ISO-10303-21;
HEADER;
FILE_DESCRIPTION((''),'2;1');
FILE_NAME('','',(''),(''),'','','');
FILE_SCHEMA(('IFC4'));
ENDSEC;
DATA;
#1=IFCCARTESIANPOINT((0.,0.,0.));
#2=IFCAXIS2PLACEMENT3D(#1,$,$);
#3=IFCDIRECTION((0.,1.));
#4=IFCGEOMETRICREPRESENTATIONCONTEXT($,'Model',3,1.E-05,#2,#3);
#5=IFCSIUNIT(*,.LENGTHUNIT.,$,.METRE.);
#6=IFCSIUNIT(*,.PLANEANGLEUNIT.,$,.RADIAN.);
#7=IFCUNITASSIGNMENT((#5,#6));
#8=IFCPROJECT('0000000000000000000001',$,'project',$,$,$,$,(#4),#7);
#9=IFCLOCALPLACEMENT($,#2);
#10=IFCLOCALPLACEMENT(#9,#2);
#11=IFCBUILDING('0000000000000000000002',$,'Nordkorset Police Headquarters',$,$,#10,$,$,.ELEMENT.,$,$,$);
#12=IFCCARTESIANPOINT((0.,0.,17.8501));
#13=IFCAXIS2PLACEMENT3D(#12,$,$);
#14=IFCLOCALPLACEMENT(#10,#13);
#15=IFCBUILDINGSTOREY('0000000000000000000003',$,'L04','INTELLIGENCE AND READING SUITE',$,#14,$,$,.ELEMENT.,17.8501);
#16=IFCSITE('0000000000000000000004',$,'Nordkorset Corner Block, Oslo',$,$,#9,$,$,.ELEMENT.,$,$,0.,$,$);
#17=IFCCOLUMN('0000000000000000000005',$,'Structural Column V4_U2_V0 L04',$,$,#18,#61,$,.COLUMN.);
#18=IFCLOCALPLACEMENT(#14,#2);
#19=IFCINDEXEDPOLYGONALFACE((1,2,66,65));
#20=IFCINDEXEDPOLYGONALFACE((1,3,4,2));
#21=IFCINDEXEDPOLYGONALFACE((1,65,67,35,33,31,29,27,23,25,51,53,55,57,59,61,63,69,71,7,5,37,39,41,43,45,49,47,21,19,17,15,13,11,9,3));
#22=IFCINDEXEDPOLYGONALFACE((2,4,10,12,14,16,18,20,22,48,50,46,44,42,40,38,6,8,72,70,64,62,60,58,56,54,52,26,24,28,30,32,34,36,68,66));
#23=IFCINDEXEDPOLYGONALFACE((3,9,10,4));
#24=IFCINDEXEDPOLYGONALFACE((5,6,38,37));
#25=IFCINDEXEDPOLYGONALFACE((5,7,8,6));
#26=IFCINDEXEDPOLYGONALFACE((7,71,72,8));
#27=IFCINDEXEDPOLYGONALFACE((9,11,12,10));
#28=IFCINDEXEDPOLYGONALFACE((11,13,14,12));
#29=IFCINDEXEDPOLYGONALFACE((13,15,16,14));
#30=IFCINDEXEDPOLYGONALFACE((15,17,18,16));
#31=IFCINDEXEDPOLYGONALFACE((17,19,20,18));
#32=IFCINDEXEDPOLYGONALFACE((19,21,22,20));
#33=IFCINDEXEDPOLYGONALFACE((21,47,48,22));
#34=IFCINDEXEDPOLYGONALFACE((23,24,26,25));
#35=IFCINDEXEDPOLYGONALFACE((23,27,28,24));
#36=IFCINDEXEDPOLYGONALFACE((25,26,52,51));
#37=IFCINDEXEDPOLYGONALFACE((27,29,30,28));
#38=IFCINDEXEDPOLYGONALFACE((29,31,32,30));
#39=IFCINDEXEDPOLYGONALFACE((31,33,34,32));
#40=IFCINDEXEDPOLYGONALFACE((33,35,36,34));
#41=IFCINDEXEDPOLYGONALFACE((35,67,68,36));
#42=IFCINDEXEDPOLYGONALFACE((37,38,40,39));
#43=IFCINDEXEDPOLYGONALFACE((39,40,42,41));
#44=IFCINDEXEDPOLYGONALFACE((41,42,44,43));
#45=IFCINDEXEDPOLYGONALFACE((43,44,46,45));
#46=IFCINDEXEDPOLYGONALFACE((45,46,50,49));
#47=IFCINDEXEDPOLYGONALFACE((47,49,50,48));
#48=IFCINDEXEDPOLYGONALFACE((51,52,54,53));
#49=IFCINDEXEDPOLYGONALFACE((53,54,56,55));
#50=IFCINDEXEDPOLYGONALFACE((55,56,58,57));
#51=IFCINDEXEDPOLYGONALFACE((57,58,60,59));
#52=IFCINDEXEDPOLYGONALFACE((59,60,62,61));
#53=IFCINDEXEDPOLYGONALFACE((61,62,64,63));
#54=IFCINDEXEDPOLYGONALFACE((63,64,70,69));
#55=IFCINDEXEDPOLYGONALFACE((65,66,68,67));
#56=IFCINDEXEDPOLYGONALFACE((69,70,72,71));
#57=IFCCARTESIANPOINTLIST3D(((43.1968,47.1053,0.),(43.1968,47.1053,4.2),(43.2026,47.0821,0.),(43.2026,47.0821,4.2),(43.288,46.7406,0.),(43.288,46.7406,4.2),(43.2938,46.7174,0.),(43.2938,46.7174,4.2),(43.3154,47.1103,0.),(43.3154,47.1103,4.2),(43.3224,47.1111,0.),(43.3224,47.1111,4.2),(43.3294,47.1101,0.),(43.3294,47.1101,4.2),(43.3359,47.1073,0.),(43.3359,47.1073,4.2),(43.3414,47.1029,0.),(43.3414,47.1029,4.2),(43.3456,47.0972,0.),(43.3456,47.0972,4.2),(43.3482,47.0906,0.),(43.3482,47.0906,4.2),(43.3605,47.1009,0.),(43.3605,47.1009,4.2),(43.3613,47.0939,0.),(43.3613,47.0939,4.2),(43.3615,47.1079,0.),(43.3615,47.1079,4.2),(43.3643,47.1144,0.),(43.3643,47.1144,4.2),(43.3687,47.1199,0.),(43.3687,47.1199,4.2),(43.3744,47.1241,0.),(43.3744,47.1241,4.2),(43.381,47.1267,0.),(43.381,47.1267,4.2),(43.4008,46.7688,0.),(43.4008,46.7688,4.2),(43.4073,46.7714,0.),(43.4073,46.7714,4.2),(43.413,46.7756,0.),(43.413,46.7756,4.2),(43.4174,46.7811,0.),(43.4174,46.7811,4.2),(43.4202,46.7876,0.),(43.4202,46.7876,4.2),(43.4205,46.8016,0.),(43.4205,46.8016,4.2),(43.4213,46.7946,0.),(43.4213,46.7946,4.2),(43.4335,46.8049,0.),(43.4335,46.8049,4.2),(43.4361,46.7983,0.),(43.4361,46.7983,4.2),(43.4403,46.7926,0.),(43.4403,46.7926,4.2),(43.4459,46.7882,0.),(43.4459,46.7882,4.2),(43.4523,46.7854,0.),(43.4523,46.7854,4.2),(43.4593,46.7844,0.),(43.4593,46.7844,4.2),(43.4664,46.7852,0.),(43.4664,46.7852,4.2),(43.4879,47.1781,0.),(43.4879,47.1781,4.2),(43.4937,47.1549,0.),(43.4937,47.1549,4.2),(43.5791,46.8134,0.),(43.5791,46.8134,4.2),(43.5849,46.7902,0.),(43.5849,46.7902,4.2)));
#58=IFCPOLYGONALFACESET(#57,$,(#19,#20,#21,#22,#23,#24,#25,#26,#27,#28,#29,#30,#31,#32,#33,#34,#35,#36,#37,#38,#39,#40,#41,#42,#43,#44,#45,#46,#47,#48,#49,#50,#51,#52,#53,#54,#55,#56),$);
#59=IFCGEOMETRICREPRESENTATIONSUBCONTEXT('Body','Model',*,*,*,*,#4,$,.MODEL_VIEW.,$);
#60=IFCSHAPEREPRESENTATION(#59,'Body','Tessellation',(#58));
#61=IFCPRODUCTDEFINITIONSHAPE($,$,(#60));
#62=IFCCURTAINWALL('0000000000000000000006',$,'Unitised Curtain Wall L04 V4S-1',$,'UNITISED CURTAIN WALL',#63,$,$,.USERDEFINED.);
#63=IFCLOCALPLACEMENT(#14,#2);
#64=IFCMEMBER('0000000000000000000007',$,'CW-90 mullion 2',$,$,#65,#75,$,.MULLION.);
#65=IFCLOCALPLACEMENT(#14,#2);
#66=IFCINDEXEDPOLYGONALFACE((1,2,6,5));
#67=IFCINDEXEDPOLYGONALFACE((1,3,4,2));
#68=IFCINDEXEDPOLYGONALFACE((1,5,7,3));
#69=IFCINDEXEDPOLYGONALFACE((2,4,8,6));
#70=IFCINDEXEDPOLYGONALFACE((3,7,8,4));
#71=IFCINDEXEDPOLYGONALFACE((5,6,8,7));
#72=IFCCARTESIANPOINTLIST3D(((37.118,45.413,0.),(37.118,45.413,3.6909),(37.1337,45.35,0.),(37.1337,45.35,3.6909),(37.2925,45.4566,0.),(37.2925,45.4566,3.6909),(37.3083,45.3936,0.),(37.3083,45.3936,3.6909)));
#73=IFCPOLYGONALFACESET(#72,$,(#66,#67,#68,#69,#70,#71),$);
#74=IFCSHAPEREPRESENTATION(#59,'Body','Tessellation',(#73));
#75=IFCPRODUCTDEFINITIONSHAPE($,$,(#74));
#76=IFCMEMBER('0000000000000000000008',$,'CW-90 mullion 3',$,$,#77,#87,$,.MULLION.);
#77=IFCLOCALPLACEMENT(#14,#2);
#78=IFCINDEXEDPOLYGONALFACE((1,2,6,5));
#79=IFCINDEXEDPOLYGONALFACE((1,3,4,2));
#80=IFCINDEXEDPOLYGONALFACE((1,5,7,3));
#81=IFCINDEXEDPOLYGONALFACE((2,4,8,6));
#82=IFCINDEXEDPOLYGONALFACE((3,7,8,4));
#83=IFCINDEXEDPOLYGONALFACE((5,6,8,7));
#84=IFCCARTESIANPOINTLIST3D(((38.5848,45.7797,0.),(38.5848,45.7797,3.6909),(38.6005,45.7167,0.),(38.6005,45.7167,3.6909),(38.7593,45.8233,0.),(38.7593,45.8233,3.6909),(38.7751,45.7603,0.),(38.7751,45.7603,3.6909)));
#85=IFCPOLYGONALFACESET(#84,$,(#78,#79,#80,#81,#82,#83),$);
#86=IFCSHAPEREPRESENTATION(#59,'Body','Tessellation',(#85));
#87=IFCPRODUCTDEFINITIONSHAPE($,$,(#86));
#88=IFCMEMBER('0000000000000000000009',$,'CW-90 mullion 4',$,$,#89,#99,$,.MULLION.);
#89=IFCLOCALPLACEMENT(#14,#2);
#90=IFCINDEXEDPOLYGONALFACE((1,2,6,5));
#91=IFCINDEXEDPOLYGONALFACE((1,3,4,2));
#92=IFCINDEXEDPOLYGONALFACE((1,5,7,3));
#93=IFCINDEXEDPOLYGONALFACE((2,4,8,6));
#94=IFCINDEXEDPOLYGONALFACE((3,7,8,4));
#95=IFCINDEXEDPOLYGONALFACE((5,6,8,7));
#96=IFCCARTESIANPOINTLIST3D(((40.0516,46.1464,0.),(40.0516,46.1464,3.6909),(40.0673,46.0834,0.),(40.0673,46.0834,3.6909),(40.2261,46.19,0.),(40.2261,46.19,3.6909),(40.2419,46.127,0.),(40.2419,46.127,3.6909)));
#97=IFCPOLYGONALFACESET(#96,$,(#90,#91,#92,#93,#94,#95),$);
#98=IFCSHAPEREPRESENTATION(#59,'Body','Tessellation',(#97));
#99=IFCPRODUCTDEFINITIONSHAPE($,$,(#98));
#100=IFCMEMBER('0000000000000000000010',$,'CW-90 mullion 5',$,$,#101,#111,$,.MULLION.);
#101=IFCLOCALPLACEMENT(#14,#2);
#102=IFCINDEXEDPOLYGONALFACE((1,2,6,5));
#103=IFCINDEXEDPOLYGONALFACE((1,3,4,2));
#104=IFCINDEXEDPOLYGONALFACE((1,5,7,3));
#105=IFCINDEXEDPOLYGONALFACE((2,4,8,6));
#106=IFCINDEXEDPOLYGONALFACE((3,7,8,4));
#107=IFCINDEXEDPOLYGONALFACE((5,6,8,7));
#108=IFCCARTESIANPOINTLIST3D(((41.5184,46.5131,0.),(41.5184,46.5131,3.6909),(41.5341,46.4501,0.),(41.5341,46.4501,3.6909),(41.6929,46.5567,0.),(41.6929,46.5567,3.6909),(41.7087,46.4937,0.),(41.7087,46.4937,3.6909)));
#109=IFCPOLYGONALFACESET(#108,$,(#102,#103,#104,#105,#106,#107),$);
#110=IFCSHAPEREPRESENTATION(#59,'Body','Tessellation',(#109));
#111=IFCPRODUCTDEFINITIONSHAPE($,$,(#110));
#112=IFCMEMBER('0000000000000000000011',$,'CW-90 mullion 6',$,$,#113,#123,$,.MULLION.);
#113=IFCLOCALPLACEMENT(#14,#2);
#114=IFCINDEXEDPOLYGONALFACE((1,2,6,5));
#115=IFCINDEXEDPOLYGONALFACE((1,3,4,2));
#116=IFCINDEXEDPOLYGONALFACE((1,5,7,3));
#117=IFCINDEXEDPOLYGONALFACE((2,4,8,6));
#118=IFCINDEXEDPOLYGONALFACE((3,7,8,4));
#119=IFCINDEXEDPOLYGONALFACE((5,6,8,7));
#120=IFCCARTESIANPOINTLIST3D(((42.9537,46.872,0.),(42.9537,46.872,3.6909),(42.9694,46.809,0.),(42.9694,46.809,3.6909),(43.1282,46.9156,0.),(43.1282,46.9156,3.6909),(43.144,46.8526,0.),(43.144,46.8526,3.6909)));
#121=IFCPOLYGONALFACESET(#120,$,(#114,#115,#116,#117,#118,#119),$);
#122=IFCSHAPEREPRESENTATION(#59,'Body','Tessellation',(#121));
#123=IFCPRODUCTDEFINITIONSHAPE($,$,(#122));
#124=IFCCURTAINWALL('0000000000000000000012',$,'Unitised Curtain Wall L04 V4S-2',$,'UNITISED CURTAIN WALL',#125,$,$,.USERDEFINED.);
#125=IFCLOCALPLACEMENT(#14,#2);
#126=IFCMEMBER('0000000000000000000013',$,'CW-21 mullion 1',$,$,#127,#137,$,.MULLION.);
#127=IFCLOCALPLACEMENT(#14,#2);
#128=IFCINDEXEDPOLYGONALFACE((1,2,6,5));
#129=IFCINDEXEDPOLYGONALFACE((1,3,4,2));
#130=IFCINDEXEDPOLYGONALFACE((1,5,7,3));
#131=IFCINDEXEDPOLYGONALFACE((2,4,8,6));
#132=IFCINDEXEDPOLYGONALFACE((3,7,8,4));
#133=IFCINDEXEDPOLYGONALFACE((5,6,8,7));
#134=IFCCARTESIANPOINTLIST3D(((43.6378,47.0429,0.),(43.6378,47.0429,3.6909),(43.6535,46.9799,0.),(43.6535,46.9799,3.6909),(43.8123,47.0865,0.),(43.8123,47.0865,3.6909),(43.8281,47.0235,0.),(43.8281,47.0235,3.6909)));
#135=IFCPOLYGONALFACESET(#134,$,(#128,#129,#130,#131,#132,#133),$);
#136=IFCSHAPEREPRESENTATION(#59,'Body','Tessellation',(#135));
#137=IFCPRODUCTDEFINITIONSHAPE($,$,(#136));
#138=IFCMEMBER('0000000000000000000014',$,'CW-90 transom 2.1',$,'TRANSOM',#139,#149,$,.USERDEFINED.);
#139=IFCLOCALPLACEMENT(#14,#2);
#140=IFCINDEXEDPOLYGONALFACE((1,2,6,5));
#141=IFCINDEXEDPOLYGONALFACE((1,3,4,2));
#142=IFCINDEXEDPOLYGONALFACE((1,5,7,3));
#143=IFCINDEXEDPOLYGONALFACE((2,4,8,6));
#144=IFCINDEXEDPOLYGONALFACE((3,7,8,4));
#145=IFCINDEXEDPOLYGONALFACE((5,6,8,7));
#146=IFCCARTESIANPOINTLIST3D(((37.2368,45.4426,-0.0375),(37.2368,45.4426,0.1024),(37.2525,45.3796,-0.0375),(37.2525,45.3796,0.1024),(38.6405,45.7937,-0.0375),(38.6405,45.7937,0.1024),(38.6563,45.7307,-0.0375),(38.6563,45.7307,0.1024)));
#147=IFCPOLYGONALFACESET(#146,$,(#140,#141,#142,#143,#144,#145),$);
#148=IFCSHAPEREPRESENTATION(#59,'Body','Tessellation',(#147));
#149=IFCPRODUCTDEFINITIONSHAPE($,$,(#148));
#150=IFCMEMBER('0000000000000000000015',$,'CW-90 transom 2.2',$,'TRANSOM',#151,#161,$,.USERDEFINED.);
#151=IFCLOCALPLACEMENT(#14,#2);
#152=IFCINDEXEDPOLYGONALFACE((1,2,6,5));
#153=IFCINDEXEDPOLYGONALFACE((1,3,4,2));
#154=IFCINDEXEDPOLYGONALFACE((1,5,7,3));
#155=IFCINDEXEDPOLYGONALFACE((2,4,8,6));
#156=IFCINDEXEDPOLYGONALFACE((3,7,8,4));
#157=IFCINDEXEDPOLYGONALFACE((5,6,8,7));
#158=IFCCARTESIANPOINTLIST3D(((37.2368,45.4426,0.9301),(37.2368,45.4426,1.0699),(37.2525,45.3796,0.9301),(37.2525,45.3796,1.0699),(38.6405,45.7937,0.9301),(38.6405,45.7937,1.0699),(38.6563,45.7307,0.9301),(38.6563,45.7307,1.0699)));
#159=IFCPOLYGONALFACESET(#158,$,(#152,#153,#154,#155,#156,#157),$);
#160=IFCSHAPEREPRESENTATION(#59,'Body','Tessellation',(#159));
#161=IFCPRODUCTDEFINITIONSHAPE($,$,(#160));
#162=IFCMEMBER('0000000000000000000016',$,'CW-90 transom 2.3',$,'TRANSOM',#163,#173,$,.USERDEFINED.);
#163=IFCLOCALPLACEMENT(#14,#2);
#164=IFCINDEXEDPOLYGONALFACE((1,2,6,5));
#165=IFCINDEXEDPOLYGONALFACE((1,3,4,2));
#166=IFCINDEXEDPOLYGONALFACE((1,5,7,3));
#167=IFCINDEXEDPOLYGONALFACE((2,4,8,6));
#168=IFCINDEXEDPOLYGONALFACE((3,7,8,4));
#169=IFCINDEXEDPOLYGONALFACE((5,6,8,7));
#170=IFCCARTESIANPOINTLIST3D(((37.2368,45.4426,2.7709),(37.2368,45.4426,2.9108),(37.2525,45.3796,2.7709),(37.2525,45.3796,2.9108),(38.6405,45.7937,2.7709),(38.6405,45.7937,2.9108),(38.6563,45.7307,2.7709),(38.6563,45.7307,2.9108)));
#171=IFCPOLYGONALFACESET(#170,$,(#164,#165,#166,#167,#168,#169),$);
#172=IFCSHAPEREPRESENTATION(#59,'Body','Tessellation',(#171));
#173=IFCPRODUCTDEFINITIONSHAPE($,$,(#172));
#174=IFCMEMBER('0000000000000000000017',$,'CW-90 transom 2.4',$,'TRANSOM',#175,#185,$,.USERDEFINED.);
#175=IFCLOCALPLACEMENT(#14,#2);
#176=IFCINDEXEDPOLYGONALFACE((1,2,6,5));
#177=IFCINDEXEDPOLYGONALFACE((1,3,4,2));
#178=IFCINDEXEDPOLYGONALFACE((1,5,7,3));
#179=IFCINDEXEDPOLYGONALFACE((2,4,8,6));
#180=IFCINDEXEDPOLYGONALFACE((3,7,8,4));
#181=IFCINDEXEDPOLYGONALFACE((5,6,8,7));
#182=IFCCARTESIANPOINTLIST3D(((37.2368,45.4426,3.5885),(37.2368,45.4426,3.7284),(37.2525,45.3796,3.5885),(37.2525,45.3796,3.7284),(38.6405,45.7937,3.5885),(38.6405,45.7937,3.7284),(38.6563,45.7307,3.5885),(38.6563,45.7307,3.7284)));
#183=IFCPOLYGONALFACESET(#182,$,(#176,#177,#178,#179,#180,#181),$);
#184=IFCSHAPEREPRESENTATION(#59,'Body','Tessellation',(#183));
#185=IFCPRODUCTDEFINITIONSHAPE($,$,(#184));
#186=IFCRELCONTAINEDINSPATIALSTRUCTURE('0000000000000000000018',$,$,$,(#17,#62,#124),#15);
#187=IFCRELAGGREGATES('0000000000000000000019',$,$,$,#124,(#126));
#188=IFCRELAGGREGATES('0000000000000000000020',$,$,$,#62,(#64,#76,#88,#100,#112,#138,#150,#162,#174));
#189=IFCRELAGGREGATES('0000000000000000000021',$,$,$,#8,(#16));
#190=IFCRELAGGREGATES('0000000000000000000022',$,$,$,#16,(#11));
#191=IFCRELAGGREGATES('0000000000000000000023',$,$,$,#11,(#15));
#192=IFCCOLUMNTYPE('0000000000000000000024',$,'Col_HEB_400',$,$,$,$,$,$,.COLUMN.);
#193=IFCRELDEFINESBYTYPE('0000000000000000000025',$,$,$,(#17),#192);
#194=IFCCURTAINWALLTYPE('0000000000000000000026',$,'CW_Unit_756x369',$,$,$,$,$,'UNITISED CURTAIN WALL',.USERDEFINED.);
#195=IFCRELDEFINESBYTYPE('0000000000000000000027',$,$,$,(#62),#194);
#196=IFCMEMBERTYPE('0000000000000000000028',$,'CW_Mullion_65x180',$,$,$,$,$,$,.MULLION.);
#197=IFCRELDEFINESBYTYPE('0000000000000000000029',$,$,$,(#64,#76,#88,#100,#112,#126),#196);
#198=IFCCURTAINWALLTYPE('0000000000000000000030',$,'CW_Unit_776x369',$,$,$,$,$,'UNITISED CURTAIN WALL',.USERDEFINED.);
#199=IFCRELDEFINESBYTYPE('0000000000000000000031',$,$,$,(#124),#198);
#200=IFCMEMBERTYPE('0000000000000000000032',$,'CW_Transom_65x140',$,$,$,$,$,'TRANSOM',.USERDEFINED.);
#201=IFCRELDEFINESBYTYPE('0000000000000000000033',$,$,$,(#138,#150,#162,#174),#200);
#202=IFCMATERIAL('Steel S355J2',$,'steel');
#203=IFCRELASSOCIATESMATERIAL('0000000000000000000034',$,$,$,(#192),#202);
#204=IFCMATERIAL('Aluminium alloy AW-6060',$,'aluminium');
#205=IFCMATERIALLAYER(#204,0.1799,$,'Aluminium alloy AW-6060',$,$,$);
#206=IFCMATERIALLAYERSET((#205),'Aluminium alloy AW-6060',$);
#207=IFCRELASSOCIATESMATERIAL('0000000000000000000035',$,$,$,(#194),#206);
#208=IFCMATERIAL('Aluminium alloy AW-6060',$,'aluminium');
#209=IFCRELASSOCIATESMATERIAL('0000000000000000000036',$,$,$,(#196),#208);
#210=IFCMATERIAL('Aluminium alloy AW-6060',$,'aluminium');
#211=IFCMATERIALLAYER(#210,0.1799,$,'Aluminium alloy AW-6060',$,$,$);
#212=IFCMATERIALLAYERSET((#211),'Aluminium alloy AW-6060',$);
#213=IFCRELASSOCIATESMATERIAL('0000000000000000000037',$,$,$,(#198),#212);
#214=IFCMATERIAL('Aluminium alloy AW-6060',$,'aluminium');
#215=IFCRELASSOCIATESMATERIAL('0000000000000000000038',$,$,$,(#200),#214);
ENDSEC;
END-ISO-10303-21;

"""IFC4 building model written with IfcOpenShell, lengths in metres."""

from ifc_helpers import new_model, si_unit, direction, frame, origin, origin_2d, place, context, subcontext, project, spatial, rectangle, i_section, extrude, material, layer, layer_set, material_profile, profile_set, type_object, element, aggregate, save


model = new_model("IFC4")

# Units and contexts
model_context = context("Model", 3, precision=1e-05, world=origin(), true_north=direction((0.0, 1.0)))
body_context = subcontext(model_context, "Body", "Model", "MODEL_VIEW")
ifc_project = project(units=[si_unit("LENGTHUNIT", "METRE"), si_unit("PLANEANGLEUNIT", "RADIAN")], contexts=[model_context])

# Site, building, storey
site_placement = place(None, origin())
site = spatial("IfcSite", under=ifc_project, at=site_placement, Name="Nordkorset Corner Block, Oslo", CompositionType="ELEMENT", RefElevation=0.0)
building_placement = place(site_placement, origin())
building = spatial("IfcBuilding", under=site, at=building_placement, Name="Nordkorset Police Headquarters", CompositionType="ELEMENT")
storey_placement = place(building_placement, frame((0.0, 0.0, 17.8501)))
storey = spatial("IfcBuildingStorey", under=building, at=storey_placement, Name="L04", Description="INTELLIGENCE AND READING SUITE", CompositionType="ELEMENT", Elevation=17.8501)

# Column
ifc_material_1 = material(Name="Steel S355J2", Category="steel")
ifc_material_profile_1 = material_profile(ifc_material_1, i_section(OverallWidth=0.3, OverallDepth=0.3999, WebThickness=0.0134, FlangeThickness=0.0239, FilletRadius=0.0271, at=origin_2d()), Name="HEB 400")
ifc_profile_set_1 = profile_set([ifc_material_profile_1], Name="Steel S355J2")
column_type = type_object("IfcColumnType", Name="Col_HEB_400", PredefinedType="COLUMN", material=ifc_profile_set_1)
column_placement = place(storey_placement, frame((43.3909, 46.9478, 0.0), z_axis=(0.0, 0.0, 1.0), x_axis=(0.970143, 0.242536, 0.0)))
element("IfcColumn", 1, at=column_placement, inside=storey, type_object=column_type, Name="Structural Column V4_U2_V0 L04", PredefinedType="COLUMN", context=body_context, shape_type="SweptSolid", body=[
    extrude(i_section(OverallWidth=0.3, OverallDepth=0.3999, WebThickness=0.0134, FlangeThickness=0.0239, FilletRadius=0.0271, at=origin_2d()), origin(), (0.0, 0.0, 1.0), 4.2),
])

# Curtain wall, members
ifc_material_2 = material(Name="Aluminium alloy AW-6060", Category="aluminium")
ifc_layer_1 = layer(ifc_material_2, 0.1799, Name="Aluminium alloy AW-6060")
ifc_layer_set_1 = layer_set([ifc_layer_1], Name="Aluminium alloy AW-6060")
curtain_wall_type_1 = type_object("IfcCurtainWallType", Name="CW_Unit_756x369", ElementType="UNITISED CURTAIN WALL", PredefinedType="USERDEFINED", material=ifc_layer_set_1)
curtain_wall_1_placement = place(storey_placement, origin())
curtain_wall_1 = element("IfcCurtainWall", 2, at=curtain_wall_1_placement, inside=storey, type_object=curtain_wall_type_1, Name="Unitised Curtain Wall L04 V4S-1", ObjectType="UNITISED CURTAIN WALL", PredefinedType="USERDEFINED")
ifc_material_3 = material(Name="Aluminium alloy AW-6060", Category="aluminium")
ifc_material_profile_2 = material_profile(ifc_material_3, rectangle(XDim=0.0649, YDim=0.1799, at=origin_2d()), Name="ALU MULL 65x180")
ifc_profile_set_2 = profile_set([ifc_material_profile_2], Name="Aluminium alloy AW-6060")
member_type_1 = type_object("IfcMemberType", Name="CW_Mullion_65x180", PredefinedType="MULLION", material=ifc_profile_set_2)
member_1_placement = place(storey_placement, frame((37.2131, 45.4033, 0.0), z_axis=(0.0, 0.0, 1.0), x_axis=(-0.242536, 0.970143, 0.0)))
member_1 = element("IfcMember", 3, at=member_1_placement, type_object=member_type_1, Name="CW-90 mullion 2", PredefinedType="MULLION", context=body_context, shape_type="SweptSolid", body=[
    extrude(rectangle(XDim=0.0649, YDim=0.1799, at=origin_2d()), origin(), (0.0, 0.0, 1.0), 3.6909),
])
member_2_placement = place(storey_placement, frame((38.6799, 45.77, 0.0), z_axis=(0.0, 0.0, 1.0), x_axis=(-0.242536, 0.970143, 0.0)))
member_2 = element("IfcMember", 4, at=member_2_placement, type_object=member_type_1, Name="CW-90 mullion 3", PredefinedType="MULLION", context=body_context, shape_type="SweptSolid", body=[
    extrude(rectangle(XDim=0.0649, YDim=0.1799, at=origin_2d()), origin(), (0.0, 0.0, 1.0), 3.6909),
])
member_3_placement = place(storey_placement, frame((40.1467, 46.1367, 0.0), z_axis=(0.0, 0.0, 1.0), x_axis=(-0.242536, 0.970143, 0.0)))
member_3 = element("IfcMember", 5, at=member_3_placement, type_object=member_type_1, Name="CW-90 mullion 4", PredefinedType="MULLION", context=body_context, shape_type="SweptSolid", body=[
    extrude(rectangle(XDim=0.0649, YDim=0.1799, at=origin_2d()), origin(), (0.0, 0.0, 1.0), 3.6909),
])
member_4_placement = place(storey_placement, frame((41.6135, 46.5034, 0.0), z_axis=(0.0, 0.0, 1.0), x_axis=(-0.242536, 0.970143, 0.0)))
member_4 = element("IfcMember", 6, at=member_4_placement, type_object=member_type_1, Name="CW-90 mullion 5", PredefinedType="MULLION", context=body_context, shape_type="SweptSolid", body=[
    extrude(rectangle(XDim=0.0649, YDim=0.1799, at=origin_2d()), origin(), (0.0, 0.0, 1.0), 3.6909),
])
member_5_placement = place(storey_placement, frame((43.0488, 46.8623, 0.0), z_axis=(0.0, 0.0, 1.0), x_axis=(-0.242536, 0.970143, 0.0)))
member_5 = element("IfcMember", 7, at=member_5_placement, type_object=member_type_1, Name="CW-90 mullion 6", PredefinedType="MULLION", context=body_context, shape_type="SweptSolid", body=[
    extrude(rectangle(XDim=0.0649, YDim=0.1799, at=origin_2d()), origin(), (0.0, 0.0, 1.0), 3.6909),
])

# Curtain wall, member
ifc_material_4 = material(Name="Aluminium alloy AW-6060", Category="aluminium")
ifc_layer_2 = layer(ifc_material_4, 0.1799, Name="Aluminium alloy AW-6060")
ifc_layer_set_2 = layer_set([ifc_layer_2], Name="Aluminium alloy AW-6060")
curtain_wall_type_2 = type_object("IfcCurtainWallType", Name="CW_Unit_776x369", ElementType="UNITISED CURTAIN WALL", PredefinedType="USERDEFINED", material=ifc_layer_set_2)
curtain_wall_2_placement = place(storey_placement, origin())
curtain_wall_2 = element("IfcCurtainWall", 8, at=curtain_wall_2_placement, inside=storey, type_object=curtain_wall_type_2, Name="Unitised Curtain Wall L04 V4S-2", ObjectType="UNITISED CURTAIN WALL", PredefinedType="USERDEFINED")
member_6_placement = place(storey_placement, frame((43.7329, 47.0332, 0.0), z_axis=(0.0, 0.0, 1.0), x_axis=(-0.242535, 0.970143, 0.0)))
member_6 = element("IfcMember", 9, at=member_6_placement, type_object=member_type_1, Name="CW-21 mullion 1", PredefinedType="MULLION", context=body_context, shape_type="SweptSolid", body=[
    extrude(rectangle(XDim=0.0649, YDim=0.1799, at=origin_2d()), origin(), (0.0, 0.0, 1.0), 3.6909),
])

# Members
ifc_material_5 = material(Name="Aluminium alloy AW-6060", Category="aluminium")
ifc_material_profile_3 = material_profile(ifc_material_5, rectangle(XDim=0.0649, YDim=0.1399, at=origin_2d()), Name="ALU TRAN 65x140")
ifc_profile_set_3 = profile_set([ifc_material_profile_3], Name="Aluminium alloy AW-6060")
member_type_2 = type_object("IfcMemberType", Name="CW_Transom_65x140", ElementType="TRANSOM", PredefinedType="USERDEFINED", material=ifc_profile_set_3)
member_7_placement = place(storey_placement, frame((37.2446, 45.4111, 0.0325), z_axis=(0.970123, 0.242615, 0.0), x_axis=(-0.242615, 0.970123, 0.0)))
member_7 = element("IfcMember", 10, at=member_7_placement, type_object=member_type_2, Name="CW-90 transom 2.1", ObjectType="TRANSOM", PredefinedType="USERDEFINED", context=body_context, shape_type="SweptSolid", body=[
    extrude(rectangle(XDim=0.0649, YDim=0.1399, at=origin_2d()), origin(), (0.0, 0.0, 1.0), 1.447),
])
member_8_placement = place(storey_placement, frame((37.2446, 45.4111, 1.0), z_axis=(0.970123, 0.242615, 0.0), x_axis=(-0.242615, 0.970123, 0.0)))
member_8 = element("IfcMember", 11, at=member_8_placement, type_object=member_type_2, Name="CW-90 transom 2.2", ObjectType="TRANSOM", PredefinedType="USERDEFINED", context=body_context, shape_type="SweptSolid", body=[
    extrude(rectangle(XDim=0.0649, YDim=0.1399, at=origin_2d()), origin(), (0.0, 0.0, 1.0), 1.447),
])
member_9_placement = place(storey_placement, frame((37.2446, 45.4111, 2.8408), z_axis=(0.970123, 0.242615, 0.0), x_axis=(-0.242615, 0.970123, 0.0)))
member_9 = element("IfcMember", 12, at=member_9_placement, type_object=member_type_2, Name="CW-90 transom 2.3", ObjectType="TRANSOM", PredefinedType="USERDEFINED", context=body_context, shape_type="SweptSolid", body=[
    extrude(rectangle(XDim=0.0649, YDim=0.1399, at=origin_2d()), origin(), (0.0, 0.0, 1.0), 1.447),
])
member_10_placement = place(storey_placement, frame((37.2446, 45.4111, 3.6584), z_axis=(0.970123, 0.242615, 0.0), x_axis=(-0.242615, 0.970123, 0.0)))
member_10 = element("IfcMember", 13, at=member_10_placement, type_object=member_type_2, Name="CW-90 transom 2.4", ObjectType="TRANSOM", PredefinedType="USERDEFINED", context=body_context, shape_type="SweptSolid", body=[
    extrude(rectangle(XDim=0.0649, YDim=0.1399, at=origin_2d()), origin(), (0.0, 0.0, 1.0), 1.447),
])
aggregate(curtain_wall_2, [member_6])

aggregate(curtain_wall_1, [member_1, member_2, member_3, member_4, member_5, member_7, member_8, member_9, member_10])

save(model, "model.ifc")
